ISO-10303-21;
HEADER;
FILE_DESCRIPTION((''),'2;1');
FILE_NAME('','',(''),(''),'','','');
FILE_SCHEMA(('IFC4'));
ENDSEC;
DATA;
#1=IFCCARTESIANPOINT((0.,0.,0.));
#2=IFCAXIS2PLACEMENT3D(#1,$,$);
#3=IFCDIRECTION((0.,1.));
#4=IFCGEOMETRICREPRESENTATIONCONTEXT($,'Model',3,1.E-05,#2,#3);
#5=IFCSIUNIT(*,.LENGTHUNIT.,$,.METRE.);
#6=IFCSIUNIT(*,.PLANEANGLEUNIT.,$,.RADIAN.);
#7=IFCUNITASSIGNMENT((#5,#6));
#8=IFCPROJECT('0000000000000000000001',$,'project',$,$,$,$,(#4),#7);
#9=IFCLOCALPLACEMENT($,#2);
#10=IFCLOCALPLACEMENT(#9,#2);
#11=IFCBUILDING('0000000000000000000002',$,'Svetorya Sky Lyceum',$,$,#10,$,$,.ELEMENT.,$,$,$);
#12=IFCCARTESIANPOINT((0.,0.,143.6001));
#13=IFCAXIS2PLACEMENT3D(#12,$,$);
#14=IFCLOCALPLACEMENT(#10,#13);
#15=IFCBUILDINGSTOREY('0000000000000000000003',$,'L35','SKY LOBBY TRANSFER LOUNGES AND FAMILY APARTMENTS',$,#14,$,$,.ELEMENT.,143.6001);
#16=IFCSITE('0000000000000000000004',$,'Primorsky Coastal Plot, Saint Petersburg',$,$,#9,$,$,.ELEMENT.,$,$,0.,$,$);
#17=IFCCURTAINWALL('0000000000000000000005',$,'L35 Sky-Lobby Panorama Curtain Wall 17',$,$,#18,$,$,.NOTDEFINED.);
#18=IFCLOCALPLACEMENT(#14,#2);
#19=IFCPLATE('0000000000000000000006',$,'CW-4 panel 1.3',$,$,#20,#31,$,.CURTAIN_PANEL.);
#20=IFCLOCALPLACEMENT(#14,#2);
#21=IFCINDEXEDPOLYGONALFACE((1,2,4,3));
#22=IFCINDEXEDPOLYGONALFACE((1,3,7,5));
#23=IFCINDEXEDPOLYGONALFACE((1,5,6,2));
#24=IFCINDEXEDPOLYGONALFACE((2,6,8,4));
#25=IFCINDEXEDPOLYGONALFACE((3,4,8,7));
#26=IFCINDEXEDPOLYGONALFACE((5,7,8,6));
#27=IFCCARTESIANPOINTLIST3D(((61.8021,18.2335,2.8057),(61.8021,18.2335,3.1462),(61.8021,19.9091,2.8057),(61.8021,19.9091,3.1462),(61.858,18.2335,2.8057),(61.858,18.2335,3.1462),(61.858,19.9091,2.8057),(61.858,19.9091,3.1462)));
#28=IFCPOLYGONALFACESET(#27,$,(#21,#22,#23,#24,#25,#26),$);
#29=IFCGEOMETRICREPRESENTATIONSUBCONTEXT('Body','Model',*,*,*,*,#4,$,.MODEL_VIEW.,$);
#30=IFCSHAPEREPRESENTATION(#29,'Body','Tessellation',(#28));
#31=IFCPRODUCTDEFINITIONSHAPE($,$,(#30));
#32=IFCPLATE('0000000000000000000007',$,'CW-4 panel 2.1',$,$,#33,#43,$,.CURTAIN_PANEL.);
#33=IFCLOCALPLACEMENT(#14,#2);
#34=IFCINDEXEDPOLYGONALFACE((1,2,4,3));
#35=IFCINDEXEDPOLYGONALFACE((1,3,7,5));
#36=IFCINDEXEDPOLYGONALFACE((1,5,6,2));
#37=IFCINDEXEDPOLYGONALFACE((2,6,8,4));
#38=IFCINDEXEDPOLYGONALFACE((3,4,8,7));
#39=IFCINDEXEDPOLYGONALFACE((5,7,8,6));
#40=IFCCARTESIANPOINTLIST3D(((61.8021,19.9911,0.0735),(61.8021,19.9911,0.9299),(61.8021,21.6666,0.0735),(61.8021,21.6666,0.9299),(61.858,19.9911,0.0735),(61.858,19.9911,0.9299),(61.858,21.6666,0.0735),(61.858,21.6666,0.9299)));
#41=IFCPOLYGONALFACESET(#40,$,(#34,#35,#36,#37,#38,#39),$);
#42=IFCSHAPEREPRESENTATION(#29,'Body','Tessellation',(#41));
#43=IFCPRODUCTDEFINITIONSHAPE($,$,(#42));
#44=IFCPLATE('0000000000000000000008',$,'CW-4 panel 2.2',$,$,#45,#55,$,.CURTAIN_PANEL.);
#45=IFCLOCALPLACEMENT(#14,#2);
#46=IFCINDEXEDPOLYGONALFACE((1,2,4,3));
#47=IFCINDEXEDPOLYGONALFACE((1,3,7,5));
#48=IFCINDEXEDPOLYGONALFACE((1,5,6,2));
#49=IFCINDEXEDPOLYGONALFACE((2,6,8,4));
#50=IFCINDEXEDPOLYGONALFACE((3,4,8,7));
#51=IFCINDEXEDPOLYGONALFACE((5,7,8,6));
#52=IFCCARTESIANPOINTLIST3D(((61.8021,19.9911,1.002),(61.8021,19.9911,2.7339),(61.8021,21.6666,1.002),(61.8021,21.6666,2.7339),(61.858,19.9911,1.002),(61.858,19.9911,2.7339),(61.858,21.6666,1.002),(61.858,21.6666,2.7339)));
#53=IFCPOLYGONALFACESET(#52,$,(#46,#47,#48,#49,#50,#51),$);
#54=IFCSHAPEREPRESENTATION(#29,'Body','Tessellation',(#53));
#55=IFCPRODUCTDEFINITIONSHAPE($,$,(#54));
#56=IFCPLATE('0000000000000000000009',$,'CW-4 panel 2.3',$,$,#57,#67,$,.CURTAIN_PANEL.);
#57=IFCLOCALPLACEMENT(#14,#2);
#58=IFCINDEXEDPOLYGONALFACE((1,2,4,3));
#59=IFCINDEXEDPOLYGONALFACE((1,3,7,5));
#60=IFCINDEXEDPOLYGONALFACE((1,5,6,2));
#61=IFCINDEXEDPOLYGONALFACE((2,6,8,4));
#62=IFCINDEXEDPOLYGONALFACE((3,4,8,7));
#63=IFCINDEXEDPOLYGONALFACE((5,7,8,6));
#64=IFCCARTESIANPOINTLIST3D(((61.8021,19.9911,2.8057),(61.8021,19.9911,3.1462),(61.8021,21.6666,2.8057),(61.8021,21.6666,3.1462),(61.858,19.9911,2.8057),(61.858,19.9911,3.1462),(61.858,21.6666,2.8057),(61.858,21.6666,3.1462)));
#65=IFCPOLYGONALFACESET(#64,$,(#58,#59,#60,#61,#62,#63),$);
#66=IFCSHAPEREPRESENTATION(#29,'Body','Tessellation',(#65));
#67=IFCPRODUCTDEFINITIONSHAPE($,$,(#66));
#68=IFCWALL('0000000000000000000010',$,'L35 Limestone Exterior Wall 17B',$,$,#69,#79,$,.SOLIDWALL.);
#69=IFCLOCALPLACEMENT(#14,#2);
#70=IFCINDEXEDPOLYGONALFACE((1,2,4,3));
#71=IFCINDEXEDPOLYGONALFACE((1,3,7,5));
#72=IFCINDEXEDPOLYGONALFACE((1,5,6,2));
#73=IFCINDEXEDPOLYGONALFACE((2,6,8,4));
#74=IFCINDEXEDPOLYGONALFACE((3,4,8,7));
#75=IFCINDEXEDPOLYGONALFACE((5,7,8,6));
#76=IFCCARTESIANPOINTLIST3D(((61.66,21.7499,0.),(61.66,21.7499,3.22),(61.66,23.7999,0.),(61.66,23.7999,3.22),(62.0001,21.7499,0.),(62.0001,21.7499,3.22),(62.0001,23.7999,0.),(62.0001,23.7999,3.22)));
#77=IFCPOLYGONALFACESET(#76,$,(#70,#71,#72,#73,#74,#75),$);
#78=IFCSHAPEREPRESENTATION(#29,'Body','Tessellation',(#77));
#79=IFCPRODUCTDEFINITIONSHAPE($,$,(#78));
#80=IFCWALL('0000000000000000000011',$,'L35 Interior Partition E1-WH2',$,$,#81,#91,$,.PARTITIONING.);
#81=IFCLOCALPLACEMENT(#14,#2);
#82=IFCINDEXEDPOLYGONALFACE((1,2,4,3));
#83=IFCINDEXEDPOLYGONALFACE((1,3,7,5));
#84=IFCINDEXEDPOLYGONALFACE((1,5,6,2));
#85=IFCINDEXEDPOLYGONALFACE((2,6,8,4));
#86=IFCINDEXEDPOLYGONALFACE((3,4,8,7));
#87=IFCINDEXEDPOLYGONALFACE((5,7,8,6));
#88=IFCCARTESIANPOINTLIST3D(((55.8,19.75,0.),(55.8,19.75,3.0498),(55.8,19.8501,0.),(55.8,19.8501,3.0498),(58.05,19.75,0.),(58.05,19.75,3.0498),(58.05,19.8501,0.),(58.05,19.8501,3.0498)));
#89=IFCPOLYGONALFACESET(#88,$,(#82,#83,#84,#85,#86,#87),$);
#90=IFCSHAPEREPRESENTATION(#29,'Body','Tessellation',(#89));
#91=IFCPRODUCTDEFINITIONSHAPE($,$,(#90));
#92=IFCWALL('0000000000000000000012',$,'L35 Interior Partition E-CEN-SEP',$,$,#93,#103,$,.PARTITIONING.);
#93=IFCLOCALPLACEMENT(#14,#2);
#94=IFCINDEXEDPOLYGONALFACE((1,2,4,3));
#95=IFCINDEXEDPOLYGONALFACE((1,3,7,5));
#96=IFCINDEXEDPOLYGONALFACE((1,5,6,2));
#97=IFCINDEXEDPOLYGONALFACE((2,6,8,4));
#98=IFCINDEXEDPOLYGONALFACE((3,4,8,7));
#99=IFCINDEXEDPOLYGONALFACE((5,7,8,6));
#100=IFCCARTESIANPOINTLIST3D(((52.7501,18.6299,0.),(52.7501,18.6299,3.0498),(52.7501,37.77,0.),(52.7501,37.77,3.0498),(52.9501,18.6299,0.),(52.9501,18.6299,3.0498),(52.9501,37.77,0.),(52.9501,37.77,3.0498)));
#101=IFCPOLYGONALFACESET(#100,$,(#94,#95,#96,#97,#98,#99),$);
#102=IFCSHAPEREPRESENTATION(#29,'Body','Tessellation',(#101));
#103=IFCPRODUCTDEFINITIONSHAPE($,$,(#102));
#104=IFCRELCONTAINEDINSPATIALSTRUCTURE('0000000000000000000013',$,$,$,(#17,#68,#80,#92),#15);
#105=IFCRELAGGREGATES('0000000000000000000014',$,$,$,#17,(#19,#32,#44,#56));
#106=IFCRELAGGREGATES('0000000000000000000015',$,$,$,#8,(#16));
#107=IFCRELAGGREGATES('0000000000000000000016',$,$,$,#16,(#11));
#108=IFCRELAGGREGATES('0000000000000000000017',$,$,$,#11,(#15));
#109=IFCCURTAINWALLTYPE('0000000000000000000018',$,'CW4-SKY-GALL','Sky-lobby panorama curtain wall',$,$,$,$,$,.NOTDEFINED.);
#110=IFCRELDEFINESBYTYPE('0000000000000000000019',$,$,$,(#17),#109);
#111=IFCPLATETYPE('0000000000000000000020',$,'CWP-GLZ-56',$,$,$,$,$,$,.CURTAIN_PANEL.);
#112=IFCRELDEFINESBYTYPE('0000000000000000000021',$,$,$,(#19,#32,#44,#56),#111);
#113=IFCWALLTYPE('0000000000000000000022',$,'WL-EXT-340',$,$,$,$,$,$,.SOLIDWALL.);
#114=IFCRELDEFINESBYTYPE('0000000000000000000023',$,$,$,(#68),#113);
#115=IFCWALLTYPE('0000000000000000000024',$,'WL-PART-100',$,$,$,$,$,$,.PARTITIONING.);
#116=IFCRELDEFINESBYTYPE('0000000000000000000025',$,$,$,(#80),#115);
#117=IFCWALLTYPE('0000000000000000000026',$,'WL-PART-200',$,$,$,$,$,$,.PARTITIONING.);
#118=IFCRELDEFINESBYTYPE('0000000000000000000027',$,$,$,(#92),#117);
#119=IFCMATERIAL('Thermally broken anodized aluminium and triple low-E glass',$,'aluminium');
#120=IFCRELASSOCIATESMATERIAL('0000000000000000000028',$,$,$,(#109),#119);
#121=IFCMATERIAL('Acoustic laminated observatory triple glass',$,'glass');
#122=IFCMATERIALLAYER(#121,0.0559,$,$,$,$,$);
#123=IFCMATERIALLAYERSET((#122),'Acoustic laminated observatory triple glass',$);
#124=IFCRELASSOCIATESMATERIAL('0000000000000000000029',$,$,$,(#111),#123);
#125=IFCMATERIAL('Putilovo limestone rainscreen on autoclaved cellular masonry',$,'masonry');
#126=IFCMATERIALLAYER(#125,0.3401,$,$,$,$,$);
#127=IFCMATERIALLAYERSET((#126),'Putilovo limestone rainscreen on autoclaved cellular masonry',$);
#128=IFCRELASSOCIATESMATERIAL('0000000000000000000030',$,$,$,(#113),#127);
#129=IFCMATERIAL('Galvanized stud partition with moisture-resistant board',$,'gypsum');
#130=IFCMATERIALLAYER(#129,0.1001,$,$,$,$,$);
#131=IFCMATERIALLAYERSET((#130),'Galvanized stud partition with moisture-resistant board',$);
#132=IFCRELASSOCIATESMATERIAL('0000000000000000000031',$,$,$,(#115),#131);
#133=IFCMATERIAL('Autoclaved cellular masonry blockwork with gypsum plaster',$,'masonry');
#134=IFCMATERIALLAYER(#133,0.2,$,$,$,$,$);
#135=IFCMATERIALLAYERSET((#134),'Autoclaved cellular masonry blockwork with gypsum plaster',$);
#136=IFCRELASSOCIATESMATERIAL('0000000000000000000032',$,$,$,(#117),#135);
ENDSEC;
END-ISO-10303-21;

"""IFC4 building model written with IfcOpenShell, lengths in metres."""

from ifc_helpers import new_model, si_unit, direction, frame, frame_2d, origin, origin_2d, place, context, subcontext, project, spatial, rectangle, extrude, material, layer, layer_set, type_object, element, aggregate, save


model = new_model("IFC4")

# Units and contexts
model_context = context("Model", 3, precision=1e-05, world=origin(), true_north=direction((0.0, 1.0)))
body_context = subcontext(model_context, "Body", "Model", "MODEL_VIEW")
ifc_project = project(units=[si_unit("LENGTHUNIT", "METRE"), si_unit("PLANEANGLEUNIT", "RADIAN")], contexts=[model_context])

# Site, building, storey
site_placement = place(None, origin())
site = spatial("IfcSite", under=ifc_project, at=site_placement, Name="Primorsky Coastal Plot, Saint Petersburg", CompositionType="ELEMENT", RefElevation=0.0)
building_placement = place(site_placement, origin())
building = spatial("IfcBuilding", under=site, at=building_placement, Name="Svetorya Sky Lyceum", CompositionType="ELEMENT")
storey_placement = place(building_placement, frame((0.0, 0.0, 143.6001)))
storey = spatial("IfcBuildingStorey", under=building, at=storey_placement, Name="L35", Description="SKY LOBBY TRANSFER LOUNGES AND FAMILY APARTMENTS", CompositionType="ELEMENT", Elevation=143.6001)

# Curtain wall, plates
ifc_material_1 = material(Name="Thermally broken anodized aluminium and triple low-E glass", Category="aluminium")
curtain_wall_type = type_object("IfcCurtainWallType", Name="CW4-SKY-GALL", Description="Sky-lobby panorama curtain wall", PredefinedType="NOTDEFINED", material=ifc_material_1)
curtain_wall_placement = place(storey_placement, origin())
curtain_wall = element("IfcCurtainWall", 1, at=curtain_wall_placement, inside=storey, type_object=curtain_wall_type, Name="L35 Sky-Lobby Panorama Curtain Wall 17", PredefinedType="NOTDEFINED")
ifc_material_2 = material(Name="Acoustic laminated observatory triple glass", Category="glass")
ifc_layer_1 = layer(ifc_material_2, 0.0559)
ifc_layer_set_1 = layer_set([ifc_layer_1], Name="Acoustic laminated observatory triple glass")
plate_type = type_object("IfcPlateType", Name="CWP-GLZ-56", PredefinedType="CURTAIN_PANEL", material=ifc_layer_set_1)
plate_1_placement = place(storey_placement, frame((61.8301, 19.0713, 2.8057), z_axis=(0.0, 0.0, 1.0), x_axis=(0.0, 1.0, 0.0)))
plate_1 = element("IfcPlate", 2, at=plate_1_placement, type_object=plate_type, Name="CW-4 panel 1.3", PredefinedType="CURTAIN_PANEL", context=body_context, shape_type="SweptSolid", body=[
    extrude(rectangle(XDim=1.6755, YDim=0.0559, at=origin_2d()), origin(), (0.0, 0.0, 1.0), 0.3406),
])
plate_2_placement = place(storey_placement, frame((61.8301, 20.8289, 0.0735), z_axis=(0.0, 0.0, 1.0), x_axis=(0.0, 1.0, 0.0)))
plate_2 = element("IfcPlate", 3, at=plate_2_placement, type_object=plate_type, Name="CW-4 panel 2.1", PredefinedType="CURTAIN_PANEL", context=body_context, shape_type="SweptSolid", body=[
    extrude(rectangle(XDim=1.6755, YDim=0.0559, at=origin_2d()), origin(), (0.0, 0.0, 1.0), 0.8564),
])
plate_3_placement = place(storey_placement, frame((61.8301, 20.8289, 1.002), z_axis=(0.0, 0.0, 1.0), x_axis=(0.0, 1.0, 0.0)))
plate_3 = element("IfcPlate", 4, at=plate_3_placement, type_object=plate_type, Name="CW-4 panel 2.2", PredefinedType="CURTAIN_PANEL", context=body_context, shape_type="SweptSolid", body=[
    extrude(rectangle(XDim=1.6755, YDim=0.0559, at=origin_2d()), origin(), (0.0, 0.0, 1.0), 1.7319),
])
plate_4_placement = place(storey_placement, frame((61.8301, 20.8289, 2.8057), z_axis=(0.0, 0.0, 1.0), x_axis=(0.0, 1.0, 0.0)))
plate_4 = element("IfcPlate", 5, at=plate_4_placement, type_object=plate_type, Name="CW-4 panel 2.3", PredefinedType="CURTAIN_PANEL", context=body_context, shape_type="SweptSolid", body=[
    extrude(rectangle(XDim=1.6755, YDim=0.0559, at=origin_2d()), origin(), (0.0, 0.0, 1.0), 0.3406),
])
aggregate(curtain_wall, [plate_1, plate_2, plate_3, plate_4])

# Walls
ifc_material_3 = material(Name="Putilovo limestone rainscreen on autoclaved cellular masonry", Category="masonry")
ifc_layer_2 = layer(ifc_material_3, 0.3401)
ifc_layer_set_2 = layer_set([ifc_layer_2], Name="Putilovo limestone rainscreen on autoclaved cellular masonry")
wall_type_1 = type_object("IfcWallType", Name="WL-EXT-340", PredefinedType="SOLIDWALL", material=ifc_layer_set_2)
wall_1_placement = place(storey_placement, frame((61.8301, 21.75, 0.0), z_axis=(0.0, 0.0, 1.0), x_axis=(0.0, 1.0, 0.0)))
element("IfcWall", 6, at=wall_1_placement, inside=storey, type_object=wall_type_1, Name="L35 Limestone Exterior Wall 17B", PredefinedType="SOLIDWALL", context=body_context, shape_type="SweptSolid", body=[
    extrude(rectangle(XDim=2.05, YDim=0.3401, at=frame_2d((1.0249, 0.0))), origin(), (0.0, 0.0, 1.0), 3.22),
])
ifc_material_4 = material(Name="Galvanized stud partition with moisture-resistant board", Category="gypsum")
ifc_layer_3 = layer(ifc_material_4, 0.1001)
ifc_layer_set_3 = layer_set([ifc_layer_3], Name="Galvanized stud partition with moisture-resistant board")
wall_type_2 = type_object("IfcWallType", Name="WL-PART-100", PredefinedType="PARTITIONING", material=ifc_layer_set_3)
wall_2_placement = place(storey_placement, frame((55.8, 19.8, 0.0), z_axis=(0.0, 0.0, 1.0), x_axis=(1.0, 0.0, 0.0)))
element("IfcWall", 7, at=wall_2_placement, inside=storey, type_object=wall_type_2, Name="L35 Interior Partition E1-WH2", PredefinedType="PARTITIONING", context=body_context, shape_type="SweptSolid", body=[
    extrude(rectangle(XDim=2.25, YDim=0.1001, at=frame_2d((1.125, 0.0))), origin(), (0.0, 0.0, 1.0), 3.0498),
])
ifc_material_5 = material(Name="Autoclaved cellular masonry blockwork with gypsum plaster", Category="masonry")
ifc_layer_4 = layer(ifc_material_5, 0.2)
ifc_layer_set_4 = layer_set([ifc_layer_4], Name="Autoclaved cellular masonry blockwork with gypsum plaster")
wall_type_3 = type_object("IfcWallType", Name="WL-PART-200", PredefinedType="PARTITIONING", material=ifc_layer_set_4)
wall_3_placement = place(storey_placement, frame((52.8501, 18.6299, 0.0), z_axis=(0.0, 0.0, 1.0), x_axis=(0.0, 1.0, 0.0)))
element("IfcWall", 8, at=wall_3_placement, inside=storey, type_object=wall_type_3, Name="L35 Interior Partition E-CEN-SEP", PredefinedType="PARTITIONING", context=body_context, shape_type="SweptSolid", body=[
    extrude(rectangle(XDim=19.1401, YDim=0.2, at=frame_2d((9.5701, 0.0))), origin(), (0.0, 0.0, 1.0), 3.0498),
])

save(model, "model.ifc")
